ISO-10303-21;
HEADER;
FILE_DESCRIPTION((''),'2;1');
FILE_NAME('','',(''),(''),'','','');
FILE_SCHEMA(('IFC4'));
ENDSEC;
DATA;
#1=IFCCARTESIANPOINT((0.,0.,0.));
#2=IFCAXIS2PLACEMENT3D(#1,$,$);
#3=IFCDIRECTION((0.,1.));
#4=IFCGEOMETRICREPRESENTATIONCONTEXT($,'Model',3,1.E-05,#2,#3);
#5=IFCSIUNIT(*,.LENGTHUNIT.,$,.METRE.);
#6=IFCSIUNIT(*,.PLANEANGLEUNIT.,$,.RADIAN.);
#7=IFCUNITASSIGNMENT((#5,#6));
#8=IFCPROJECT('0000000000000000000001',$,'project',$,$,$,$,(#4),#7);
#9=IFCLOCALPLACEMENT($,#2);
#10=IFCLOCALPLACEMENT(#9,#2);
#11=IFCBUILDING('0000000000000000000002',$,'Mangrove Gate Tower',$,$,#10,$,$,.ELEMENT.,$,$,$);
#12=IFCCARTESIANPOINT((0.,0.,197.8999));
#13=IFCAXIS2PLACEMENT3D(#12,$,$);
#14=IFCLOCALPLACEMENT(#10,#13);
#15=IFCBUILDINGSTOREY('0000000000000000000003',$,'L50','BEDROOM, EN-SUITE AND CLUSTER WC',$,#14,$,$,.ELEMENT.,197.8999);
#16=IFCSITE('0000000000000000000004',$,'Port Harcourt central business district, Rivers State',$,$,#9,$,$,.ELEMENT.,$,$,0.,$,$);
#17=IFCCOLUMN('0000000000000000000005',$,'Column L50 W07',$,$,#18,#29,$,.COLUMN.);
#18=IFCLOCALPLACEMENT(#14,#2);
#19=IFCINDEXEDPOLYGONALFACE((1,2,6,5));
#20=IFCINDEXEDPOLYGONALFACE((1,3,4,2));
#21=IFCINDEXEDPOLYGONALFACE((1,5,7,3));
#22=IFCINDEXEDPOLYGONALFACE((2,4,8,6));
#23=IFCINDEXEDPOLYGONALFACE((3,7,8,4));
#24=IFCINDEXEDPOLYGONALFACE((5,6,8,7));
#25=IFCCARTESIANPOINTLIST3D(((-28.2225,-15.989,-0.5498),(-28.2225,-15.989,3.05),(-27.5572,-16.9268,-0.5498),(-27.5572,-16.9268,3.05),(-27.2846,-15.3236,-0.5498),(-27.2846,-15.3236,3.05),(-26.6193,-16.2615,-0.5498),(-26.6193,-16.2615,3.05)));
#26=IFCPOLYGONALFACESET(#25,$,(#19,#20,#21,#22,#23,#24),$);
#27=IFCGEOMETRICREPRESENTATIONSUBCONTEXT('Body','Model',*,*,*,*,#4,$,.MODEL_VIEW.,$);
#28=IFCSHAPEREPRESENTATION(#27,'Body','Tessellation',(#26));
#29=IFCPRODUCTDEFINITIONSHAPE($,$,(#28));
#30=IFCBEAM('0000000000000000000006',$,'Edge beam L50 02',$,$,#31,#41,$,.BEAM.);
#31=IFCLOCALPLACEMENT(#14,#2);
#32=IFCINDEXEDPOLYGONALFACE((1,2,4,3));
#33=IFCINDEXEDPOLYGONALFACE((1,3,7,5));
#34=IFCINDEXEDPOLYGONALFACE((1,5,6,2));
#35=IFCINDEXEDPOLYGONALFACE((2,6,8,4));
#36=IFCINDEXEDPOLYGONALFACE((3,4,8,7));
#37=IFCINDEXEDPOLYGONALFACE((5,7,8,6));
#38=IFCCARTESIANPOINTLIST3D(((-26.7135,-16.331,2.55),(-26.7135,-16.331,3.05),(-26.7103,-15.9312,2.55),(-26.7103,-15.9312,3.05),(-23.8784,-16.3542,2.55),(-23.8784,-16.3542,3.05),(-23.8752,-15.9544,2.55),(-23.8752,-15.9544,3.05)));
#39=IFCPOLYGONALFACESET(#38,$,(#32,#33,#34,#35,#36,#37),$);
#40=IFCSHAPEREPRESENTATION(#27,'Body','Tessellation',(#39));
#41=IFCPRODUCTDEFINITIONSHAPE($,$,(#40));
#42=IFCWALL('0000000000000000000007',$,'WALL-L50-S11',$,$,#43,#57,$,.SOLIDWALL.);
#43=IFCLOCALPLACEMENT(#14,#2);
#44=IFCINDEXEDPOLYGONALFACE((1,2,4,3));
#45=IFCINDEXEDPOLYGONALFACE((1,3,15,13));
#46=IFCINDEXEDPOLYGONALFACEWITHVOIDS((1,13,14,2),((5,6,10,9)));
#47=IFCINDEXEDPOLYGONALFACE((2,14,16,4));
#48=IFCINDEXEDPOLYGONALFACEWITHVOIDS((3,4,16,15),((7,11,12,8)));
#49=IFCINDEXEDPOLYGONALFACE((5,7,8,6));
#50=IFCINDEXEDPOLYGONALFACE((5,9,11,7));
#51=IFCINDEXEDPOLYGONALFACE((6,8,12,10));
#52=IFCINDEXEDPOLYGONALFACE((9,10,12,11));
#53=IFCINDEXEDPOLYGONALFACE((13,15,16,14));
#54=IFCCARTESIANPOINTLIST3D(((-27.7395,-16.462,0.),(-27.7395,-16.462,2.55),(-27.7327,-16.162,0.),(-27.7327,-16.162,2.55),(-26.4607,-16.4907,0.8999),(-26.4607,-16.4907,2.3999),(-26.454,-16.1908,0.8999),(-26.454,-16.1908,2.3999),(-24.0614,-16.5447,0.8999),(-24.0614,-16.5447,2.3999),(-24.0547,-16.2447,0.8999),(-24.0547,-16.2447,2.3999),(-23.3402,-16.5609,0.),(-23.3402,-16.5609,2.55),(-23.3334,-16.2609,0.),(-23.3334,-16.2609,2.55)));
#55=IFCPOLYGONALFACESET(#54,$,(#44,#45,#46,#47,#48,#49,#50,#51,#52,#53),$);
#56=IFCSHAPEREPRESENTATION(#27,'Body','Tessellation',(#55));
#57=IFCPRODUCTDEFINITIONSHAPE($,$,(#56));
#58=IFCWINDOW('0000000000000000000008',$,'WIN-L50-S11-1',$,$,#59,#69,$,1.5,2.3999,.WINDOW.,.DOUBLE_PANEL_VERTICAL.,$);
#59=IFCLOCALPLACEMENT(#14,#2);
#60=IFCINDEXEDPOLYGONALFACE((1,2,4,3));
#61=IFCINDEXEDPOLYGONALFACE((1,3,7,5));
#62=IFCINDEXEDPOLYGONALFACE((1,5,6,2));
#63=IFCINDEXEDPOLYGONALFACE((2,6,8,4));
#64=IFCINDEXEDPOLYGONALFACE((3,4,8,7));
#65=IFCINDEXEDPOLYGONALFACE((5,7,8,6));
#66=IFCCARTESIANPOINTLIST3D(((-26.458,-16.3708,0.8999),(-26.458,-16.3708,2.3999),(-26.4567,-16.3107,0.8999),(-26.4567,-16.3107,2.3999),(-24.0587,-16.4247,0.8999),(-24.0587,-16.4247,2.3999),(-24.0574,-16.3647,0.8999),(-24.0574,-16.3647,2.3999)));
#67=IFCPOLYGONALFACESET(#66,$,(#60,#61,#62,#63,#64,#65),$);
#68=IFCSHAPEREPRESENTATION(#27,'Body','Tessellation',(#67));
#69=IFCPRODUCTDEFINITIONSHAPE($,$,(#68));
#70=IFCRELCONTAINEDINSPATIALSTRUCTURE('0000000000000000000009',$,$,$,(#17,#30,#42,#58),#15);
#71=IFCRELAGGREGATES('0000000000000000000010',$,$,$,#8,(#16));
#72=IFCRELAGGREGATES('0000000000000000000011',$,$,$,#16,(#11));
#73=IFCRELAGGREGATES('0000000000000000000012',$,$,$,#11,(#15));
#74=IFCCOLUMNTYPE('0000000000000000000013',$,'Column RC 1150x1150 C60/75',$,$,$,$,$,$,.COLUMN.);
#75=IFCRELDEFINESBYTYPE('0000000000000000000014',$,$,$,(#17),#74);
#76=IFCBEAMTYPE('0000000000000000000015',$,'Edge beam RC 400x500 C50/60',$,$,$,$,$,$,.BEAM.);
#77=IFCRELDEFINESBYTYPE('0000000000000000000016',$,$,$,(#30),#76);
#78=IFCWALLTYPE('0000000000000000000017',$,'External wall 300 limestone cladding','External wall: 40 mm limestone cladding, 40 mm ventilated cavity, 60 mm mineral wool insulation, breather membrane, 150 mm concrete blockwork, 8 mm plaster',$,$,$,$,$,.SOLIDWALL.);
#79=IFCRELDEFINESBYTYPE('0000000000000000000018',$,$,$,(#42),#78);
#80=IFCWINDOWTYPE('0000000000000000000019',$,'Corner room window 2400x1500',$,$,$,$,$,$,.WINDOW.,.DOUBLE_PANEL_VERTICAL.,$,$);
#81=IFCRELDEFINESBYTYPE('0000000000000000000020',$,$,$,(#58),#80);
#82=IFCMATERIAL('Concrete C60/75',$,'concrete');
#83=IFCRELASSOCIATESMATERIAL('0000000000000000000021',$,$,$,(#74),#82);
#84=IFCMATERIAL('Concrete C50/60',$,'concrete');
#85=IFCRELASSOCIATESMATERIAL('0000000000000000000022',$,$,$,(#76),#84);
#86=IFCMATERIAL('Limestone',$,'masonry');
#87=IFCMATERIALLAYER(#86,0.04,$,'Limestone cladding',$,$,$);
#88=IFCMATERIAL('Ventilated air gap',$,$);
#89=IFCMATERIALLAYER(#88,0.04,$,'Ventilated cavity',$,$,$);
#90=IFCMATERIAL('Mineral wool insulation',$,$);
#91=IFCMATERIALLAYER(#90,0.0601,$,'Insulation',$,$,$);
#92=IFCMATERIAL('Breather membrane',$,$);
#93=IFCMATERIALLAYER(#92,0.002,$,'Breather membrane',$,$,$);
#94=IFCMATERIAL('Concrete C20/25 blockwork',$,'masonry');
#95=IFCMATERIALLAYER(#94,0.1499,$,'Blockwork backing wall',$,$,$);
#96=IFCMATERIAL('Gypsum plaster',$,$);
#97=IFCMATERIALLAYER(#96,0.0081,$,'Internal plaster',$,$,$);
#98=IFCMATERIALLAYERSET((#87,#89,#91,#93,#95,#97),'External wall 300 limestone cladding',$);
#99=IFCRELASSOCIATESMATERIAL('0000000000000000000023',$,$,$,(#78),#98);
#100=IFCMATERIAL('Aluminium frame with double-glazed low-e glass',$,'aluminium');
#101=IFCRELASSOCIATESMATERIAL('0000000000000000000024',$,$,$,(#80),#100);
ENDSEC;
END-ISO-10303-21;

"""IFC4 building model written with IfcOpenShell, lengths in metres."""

from ifc_helpers import new_model, si_unit, direction, frame, frame_2d, origin, origin_2d, place, context, subcontext, project, spatial, rectangle, extrude, material, layer, layer_set, material_profile, profile_set, type_object, element, fill, save


model = new_model("IFC4")

# Units and contexts
model_context = context("Model", 3, precision=1e-05, world=origin(), true_north=direction((0.0, 1.0)))
body_context = subcontext(model_context, "Body", "Model", "MODEL_VIEW")
ifc_project = project(units=[si_unit("LENGTHUNIT", "METRE"), si_unit("PLANEANGLEUNIT", "RADIAN")], contexts=[model_context])

# Site, building, storey
site_placement = place(None, origin())
site = spatial("IfcSite", under=ifc_project, at=site_placement, Name="Port Harcourt central business district, Rivers State", CompositionType="ELEMENT", RefElevation=0.0)
building_placement = place(site_placement, origin())
building = spatial("IfcBuilding", under=site, at=building_placement, Name="Mangrove Gate Tower", CompositionType="ELEMENT")
storey_placement = place(building_placement, frame((0.0, 0.0, 197.8999)))
storey = spatial("IfcBuildingStorey", under=building, at=storey_placement, Name="L50", Description="BEDROOM, EN-SUITE AND CLUSTER WC", CompositionType="ELEMENT", Elevation=197.8999)

# Column
ifc_material_1 = material(Name="Concrete C60/75", Category="concrete")
ifc_material_profile_1 = material_profile(ifc_material_1, rectangle(XDim=1.1499, YDim=1.1499, at=origin_2d()))
ifc_profile_set_1 = profile_set([ifc_material_profile_1], Name="Concrete C60/75")
column_type = type_object("IfcColumnType", Name="Column RC 1150x1150 C60/75", PredefinedType="COLUMN", material=ifc_profile_set_1)
column_placement = place(storey_placement, frame((-27.4209, -16.1252, -0.5498), z_axis=(0.0, 0.0, 1.0), x_axis=(0.578578, -0.815627, 0.0)))
element("IfcColumn", 1, at=column_placement, inside=storey, type_object=column_type, Name="Column L50 W07", PredefinedType="COLUMN", context=body_context, shape_type="SweptSolid", body=[
    extrude(rectangle(XDim=1.1499, YDim=1.1499, at=origin_2d()), origin(), (0.0, 0.0, 1.0), 3.5999),
])

# Beam
ifc_material_2 = material(Name="Concrete C50/60", Category="concrete")
ifc_material_profile_2 = material_profile(ifc_material_2, rectangle(XDim=0.3999, YDim=0.5, at=origin_2d()))
ifc_profile_set_2 = profile_set([ifc_material_profile_2], Name="Concrete C50/60")
beam_type = type_object("IfcBeamType", Name="Edge beam RC 400x500 C50/60", PredefinedType="BEAM", material=ifc_profile_set_2)
beam_placement = place(storey_placement, frame((-26.7119, -16.1311, 2.8), z_axis=(0.999967, -0.00818, 0.0), x_axis=(0.00818, 0.999967, 0.0)))
element("IfcBeam", 2, at=beam_placement, inside=storey, type_object=beam_type, Name="Edge beam L50 02", PredefinedType="BEAM", context=body_context, shape_type="SweptSolid", body=[
    extrude(rectangle(XDim=0.3999, YDim=0.5, at=origin_2d()), origin(), (0.0, 0.0, 1.0), 2.8352),
])

# Wall, opening, window
ifc_material_3 = material(Name="Limestone", Category="masonry")
ifc_layer_1 = layer(ifc_material_3, 0.04, Name="Limestone cladding")
ifc_material_4 = material(Name="Ventilated air gap")
ifc_layer_2 = layer(ifc_material_4, 0.04, Name="Ventilated cavity")
ifc_material_5 = material(Name="Mineral wool insulation")
ifc_layer_3 = layer(ifc_material_5, 0.0601, Name="Insulation")
ifc_material_6 = material(Name="Breather membrane")
ifc_layer_4 = layer(ifc_material_6, 0.002, Name="Breather membrane")
ifc_material_7 = material(Name="Concrete C20/25 blockwork", Category="masonry")
ifc_layer_5 = layer(ifc_material_7, 0.1499, Name="Blockwork backing wall")
ifc_material_8 = material(Name="Gypsum plaster")
ifc_layer_6 = layer(ifc_material_8, 0.0081, Name="Internal plaster")
ifc_layer_set_1 = layer_set([ifc_layer_1, ifc_layer_2, ifc_layer_3, ifc_layer_4, ifc_layer_5, ifc_layer_6], Name="External wall 300 limestone cladding")
wall_type_1 = type_object("IfcWallType", Name="External wall 300 limestone cladding", Description="External wall: 40 mm limestone cladding, 40 mm ventilated cavity, 60 mm mineral wool insulation, breather membrane, 150 mm concrete blockwork, 8 mm plaster", PredefinedType="SOLIDWALL", material=ifc_layer_set_1)
wall_1_placement = place(storey_placement, frame((-27.7361, -16.312, 0.0), z_axis=(0.0, 0.0, 1.0), x_axis=(0.999748, -0.022471, 0.0)))
wall_1 = element("IfcWall", 3, at=wall_1_placement, inside=storey, type_object=wall_type_1, Name="WALL-L50-S11", PredefinedType="SOLIDWALL", context=body_context, shape_type="SweptSolid", body=[
    extrude(rectangle(XDim=4.4004, YDim=0.3, at=frame_2d((2.2002, 0.0))), origin(), (0.0, 0.0, 1.0), 2.55),
])
opening_1_placement = place(wall_1_placement, frame((1.2791, 0.0, 0.8999)))
opening_1 = element("IfcOpeningElement", 4, at=opening_1_placement, cuts=wall_1, PredefinedType="OPENING", context=body_context, shape_type="SweptSolid", body=[
    extrude(rectangle(XDim=2.3999, YDim=1.5, at=frame_2d((1.2, 0.75))), frame((0.0, 0.1599, 0.0), z_axis=(0.0, -1.0, 0.0), x_axis=(1.0, 0.0, 0.0)), (0.0, 0.0, 1.0), 0.3201),
])
ifc_material_9 = material(Name="Aluminium frame with double-glazed low-e glass", Category="aluminium")
window_type = type_object("IfcWindowType", Name="Corner room window 2400x1500", PartitioningType="DOUBLE_PANEL_VERTICAL", PredefinedType="WINDOW", material=ifc_material_9)
window_placement = place(opening_1_placement, origin())
window = element("IfcWindow", 5, at=window_placement, inside=storey, type_object=window_type, Name="WIN-L50-S11-1", OverallHeight=1.5, OverallWidth=2.3999, PartitioningType="DOUBLE_PANEL_VERTICAL", PredefinedType="WINDOW", context=body_context, shape_type="SweptSolid", body=[
    extrude(rectangle(XDim=2.3999, YDim=1.5, at=frame_2d((1.2, 0.75))), frame((0.0, 0.03, 0.0), z_axis=(0.0, -1.0, 0.0), x_axis=(1.0, 0.0, 0.0)), (0.0, 0.0, 1.0), 0.0601),
])
fill(opening_1, window)

save(model, "model.ifc")
